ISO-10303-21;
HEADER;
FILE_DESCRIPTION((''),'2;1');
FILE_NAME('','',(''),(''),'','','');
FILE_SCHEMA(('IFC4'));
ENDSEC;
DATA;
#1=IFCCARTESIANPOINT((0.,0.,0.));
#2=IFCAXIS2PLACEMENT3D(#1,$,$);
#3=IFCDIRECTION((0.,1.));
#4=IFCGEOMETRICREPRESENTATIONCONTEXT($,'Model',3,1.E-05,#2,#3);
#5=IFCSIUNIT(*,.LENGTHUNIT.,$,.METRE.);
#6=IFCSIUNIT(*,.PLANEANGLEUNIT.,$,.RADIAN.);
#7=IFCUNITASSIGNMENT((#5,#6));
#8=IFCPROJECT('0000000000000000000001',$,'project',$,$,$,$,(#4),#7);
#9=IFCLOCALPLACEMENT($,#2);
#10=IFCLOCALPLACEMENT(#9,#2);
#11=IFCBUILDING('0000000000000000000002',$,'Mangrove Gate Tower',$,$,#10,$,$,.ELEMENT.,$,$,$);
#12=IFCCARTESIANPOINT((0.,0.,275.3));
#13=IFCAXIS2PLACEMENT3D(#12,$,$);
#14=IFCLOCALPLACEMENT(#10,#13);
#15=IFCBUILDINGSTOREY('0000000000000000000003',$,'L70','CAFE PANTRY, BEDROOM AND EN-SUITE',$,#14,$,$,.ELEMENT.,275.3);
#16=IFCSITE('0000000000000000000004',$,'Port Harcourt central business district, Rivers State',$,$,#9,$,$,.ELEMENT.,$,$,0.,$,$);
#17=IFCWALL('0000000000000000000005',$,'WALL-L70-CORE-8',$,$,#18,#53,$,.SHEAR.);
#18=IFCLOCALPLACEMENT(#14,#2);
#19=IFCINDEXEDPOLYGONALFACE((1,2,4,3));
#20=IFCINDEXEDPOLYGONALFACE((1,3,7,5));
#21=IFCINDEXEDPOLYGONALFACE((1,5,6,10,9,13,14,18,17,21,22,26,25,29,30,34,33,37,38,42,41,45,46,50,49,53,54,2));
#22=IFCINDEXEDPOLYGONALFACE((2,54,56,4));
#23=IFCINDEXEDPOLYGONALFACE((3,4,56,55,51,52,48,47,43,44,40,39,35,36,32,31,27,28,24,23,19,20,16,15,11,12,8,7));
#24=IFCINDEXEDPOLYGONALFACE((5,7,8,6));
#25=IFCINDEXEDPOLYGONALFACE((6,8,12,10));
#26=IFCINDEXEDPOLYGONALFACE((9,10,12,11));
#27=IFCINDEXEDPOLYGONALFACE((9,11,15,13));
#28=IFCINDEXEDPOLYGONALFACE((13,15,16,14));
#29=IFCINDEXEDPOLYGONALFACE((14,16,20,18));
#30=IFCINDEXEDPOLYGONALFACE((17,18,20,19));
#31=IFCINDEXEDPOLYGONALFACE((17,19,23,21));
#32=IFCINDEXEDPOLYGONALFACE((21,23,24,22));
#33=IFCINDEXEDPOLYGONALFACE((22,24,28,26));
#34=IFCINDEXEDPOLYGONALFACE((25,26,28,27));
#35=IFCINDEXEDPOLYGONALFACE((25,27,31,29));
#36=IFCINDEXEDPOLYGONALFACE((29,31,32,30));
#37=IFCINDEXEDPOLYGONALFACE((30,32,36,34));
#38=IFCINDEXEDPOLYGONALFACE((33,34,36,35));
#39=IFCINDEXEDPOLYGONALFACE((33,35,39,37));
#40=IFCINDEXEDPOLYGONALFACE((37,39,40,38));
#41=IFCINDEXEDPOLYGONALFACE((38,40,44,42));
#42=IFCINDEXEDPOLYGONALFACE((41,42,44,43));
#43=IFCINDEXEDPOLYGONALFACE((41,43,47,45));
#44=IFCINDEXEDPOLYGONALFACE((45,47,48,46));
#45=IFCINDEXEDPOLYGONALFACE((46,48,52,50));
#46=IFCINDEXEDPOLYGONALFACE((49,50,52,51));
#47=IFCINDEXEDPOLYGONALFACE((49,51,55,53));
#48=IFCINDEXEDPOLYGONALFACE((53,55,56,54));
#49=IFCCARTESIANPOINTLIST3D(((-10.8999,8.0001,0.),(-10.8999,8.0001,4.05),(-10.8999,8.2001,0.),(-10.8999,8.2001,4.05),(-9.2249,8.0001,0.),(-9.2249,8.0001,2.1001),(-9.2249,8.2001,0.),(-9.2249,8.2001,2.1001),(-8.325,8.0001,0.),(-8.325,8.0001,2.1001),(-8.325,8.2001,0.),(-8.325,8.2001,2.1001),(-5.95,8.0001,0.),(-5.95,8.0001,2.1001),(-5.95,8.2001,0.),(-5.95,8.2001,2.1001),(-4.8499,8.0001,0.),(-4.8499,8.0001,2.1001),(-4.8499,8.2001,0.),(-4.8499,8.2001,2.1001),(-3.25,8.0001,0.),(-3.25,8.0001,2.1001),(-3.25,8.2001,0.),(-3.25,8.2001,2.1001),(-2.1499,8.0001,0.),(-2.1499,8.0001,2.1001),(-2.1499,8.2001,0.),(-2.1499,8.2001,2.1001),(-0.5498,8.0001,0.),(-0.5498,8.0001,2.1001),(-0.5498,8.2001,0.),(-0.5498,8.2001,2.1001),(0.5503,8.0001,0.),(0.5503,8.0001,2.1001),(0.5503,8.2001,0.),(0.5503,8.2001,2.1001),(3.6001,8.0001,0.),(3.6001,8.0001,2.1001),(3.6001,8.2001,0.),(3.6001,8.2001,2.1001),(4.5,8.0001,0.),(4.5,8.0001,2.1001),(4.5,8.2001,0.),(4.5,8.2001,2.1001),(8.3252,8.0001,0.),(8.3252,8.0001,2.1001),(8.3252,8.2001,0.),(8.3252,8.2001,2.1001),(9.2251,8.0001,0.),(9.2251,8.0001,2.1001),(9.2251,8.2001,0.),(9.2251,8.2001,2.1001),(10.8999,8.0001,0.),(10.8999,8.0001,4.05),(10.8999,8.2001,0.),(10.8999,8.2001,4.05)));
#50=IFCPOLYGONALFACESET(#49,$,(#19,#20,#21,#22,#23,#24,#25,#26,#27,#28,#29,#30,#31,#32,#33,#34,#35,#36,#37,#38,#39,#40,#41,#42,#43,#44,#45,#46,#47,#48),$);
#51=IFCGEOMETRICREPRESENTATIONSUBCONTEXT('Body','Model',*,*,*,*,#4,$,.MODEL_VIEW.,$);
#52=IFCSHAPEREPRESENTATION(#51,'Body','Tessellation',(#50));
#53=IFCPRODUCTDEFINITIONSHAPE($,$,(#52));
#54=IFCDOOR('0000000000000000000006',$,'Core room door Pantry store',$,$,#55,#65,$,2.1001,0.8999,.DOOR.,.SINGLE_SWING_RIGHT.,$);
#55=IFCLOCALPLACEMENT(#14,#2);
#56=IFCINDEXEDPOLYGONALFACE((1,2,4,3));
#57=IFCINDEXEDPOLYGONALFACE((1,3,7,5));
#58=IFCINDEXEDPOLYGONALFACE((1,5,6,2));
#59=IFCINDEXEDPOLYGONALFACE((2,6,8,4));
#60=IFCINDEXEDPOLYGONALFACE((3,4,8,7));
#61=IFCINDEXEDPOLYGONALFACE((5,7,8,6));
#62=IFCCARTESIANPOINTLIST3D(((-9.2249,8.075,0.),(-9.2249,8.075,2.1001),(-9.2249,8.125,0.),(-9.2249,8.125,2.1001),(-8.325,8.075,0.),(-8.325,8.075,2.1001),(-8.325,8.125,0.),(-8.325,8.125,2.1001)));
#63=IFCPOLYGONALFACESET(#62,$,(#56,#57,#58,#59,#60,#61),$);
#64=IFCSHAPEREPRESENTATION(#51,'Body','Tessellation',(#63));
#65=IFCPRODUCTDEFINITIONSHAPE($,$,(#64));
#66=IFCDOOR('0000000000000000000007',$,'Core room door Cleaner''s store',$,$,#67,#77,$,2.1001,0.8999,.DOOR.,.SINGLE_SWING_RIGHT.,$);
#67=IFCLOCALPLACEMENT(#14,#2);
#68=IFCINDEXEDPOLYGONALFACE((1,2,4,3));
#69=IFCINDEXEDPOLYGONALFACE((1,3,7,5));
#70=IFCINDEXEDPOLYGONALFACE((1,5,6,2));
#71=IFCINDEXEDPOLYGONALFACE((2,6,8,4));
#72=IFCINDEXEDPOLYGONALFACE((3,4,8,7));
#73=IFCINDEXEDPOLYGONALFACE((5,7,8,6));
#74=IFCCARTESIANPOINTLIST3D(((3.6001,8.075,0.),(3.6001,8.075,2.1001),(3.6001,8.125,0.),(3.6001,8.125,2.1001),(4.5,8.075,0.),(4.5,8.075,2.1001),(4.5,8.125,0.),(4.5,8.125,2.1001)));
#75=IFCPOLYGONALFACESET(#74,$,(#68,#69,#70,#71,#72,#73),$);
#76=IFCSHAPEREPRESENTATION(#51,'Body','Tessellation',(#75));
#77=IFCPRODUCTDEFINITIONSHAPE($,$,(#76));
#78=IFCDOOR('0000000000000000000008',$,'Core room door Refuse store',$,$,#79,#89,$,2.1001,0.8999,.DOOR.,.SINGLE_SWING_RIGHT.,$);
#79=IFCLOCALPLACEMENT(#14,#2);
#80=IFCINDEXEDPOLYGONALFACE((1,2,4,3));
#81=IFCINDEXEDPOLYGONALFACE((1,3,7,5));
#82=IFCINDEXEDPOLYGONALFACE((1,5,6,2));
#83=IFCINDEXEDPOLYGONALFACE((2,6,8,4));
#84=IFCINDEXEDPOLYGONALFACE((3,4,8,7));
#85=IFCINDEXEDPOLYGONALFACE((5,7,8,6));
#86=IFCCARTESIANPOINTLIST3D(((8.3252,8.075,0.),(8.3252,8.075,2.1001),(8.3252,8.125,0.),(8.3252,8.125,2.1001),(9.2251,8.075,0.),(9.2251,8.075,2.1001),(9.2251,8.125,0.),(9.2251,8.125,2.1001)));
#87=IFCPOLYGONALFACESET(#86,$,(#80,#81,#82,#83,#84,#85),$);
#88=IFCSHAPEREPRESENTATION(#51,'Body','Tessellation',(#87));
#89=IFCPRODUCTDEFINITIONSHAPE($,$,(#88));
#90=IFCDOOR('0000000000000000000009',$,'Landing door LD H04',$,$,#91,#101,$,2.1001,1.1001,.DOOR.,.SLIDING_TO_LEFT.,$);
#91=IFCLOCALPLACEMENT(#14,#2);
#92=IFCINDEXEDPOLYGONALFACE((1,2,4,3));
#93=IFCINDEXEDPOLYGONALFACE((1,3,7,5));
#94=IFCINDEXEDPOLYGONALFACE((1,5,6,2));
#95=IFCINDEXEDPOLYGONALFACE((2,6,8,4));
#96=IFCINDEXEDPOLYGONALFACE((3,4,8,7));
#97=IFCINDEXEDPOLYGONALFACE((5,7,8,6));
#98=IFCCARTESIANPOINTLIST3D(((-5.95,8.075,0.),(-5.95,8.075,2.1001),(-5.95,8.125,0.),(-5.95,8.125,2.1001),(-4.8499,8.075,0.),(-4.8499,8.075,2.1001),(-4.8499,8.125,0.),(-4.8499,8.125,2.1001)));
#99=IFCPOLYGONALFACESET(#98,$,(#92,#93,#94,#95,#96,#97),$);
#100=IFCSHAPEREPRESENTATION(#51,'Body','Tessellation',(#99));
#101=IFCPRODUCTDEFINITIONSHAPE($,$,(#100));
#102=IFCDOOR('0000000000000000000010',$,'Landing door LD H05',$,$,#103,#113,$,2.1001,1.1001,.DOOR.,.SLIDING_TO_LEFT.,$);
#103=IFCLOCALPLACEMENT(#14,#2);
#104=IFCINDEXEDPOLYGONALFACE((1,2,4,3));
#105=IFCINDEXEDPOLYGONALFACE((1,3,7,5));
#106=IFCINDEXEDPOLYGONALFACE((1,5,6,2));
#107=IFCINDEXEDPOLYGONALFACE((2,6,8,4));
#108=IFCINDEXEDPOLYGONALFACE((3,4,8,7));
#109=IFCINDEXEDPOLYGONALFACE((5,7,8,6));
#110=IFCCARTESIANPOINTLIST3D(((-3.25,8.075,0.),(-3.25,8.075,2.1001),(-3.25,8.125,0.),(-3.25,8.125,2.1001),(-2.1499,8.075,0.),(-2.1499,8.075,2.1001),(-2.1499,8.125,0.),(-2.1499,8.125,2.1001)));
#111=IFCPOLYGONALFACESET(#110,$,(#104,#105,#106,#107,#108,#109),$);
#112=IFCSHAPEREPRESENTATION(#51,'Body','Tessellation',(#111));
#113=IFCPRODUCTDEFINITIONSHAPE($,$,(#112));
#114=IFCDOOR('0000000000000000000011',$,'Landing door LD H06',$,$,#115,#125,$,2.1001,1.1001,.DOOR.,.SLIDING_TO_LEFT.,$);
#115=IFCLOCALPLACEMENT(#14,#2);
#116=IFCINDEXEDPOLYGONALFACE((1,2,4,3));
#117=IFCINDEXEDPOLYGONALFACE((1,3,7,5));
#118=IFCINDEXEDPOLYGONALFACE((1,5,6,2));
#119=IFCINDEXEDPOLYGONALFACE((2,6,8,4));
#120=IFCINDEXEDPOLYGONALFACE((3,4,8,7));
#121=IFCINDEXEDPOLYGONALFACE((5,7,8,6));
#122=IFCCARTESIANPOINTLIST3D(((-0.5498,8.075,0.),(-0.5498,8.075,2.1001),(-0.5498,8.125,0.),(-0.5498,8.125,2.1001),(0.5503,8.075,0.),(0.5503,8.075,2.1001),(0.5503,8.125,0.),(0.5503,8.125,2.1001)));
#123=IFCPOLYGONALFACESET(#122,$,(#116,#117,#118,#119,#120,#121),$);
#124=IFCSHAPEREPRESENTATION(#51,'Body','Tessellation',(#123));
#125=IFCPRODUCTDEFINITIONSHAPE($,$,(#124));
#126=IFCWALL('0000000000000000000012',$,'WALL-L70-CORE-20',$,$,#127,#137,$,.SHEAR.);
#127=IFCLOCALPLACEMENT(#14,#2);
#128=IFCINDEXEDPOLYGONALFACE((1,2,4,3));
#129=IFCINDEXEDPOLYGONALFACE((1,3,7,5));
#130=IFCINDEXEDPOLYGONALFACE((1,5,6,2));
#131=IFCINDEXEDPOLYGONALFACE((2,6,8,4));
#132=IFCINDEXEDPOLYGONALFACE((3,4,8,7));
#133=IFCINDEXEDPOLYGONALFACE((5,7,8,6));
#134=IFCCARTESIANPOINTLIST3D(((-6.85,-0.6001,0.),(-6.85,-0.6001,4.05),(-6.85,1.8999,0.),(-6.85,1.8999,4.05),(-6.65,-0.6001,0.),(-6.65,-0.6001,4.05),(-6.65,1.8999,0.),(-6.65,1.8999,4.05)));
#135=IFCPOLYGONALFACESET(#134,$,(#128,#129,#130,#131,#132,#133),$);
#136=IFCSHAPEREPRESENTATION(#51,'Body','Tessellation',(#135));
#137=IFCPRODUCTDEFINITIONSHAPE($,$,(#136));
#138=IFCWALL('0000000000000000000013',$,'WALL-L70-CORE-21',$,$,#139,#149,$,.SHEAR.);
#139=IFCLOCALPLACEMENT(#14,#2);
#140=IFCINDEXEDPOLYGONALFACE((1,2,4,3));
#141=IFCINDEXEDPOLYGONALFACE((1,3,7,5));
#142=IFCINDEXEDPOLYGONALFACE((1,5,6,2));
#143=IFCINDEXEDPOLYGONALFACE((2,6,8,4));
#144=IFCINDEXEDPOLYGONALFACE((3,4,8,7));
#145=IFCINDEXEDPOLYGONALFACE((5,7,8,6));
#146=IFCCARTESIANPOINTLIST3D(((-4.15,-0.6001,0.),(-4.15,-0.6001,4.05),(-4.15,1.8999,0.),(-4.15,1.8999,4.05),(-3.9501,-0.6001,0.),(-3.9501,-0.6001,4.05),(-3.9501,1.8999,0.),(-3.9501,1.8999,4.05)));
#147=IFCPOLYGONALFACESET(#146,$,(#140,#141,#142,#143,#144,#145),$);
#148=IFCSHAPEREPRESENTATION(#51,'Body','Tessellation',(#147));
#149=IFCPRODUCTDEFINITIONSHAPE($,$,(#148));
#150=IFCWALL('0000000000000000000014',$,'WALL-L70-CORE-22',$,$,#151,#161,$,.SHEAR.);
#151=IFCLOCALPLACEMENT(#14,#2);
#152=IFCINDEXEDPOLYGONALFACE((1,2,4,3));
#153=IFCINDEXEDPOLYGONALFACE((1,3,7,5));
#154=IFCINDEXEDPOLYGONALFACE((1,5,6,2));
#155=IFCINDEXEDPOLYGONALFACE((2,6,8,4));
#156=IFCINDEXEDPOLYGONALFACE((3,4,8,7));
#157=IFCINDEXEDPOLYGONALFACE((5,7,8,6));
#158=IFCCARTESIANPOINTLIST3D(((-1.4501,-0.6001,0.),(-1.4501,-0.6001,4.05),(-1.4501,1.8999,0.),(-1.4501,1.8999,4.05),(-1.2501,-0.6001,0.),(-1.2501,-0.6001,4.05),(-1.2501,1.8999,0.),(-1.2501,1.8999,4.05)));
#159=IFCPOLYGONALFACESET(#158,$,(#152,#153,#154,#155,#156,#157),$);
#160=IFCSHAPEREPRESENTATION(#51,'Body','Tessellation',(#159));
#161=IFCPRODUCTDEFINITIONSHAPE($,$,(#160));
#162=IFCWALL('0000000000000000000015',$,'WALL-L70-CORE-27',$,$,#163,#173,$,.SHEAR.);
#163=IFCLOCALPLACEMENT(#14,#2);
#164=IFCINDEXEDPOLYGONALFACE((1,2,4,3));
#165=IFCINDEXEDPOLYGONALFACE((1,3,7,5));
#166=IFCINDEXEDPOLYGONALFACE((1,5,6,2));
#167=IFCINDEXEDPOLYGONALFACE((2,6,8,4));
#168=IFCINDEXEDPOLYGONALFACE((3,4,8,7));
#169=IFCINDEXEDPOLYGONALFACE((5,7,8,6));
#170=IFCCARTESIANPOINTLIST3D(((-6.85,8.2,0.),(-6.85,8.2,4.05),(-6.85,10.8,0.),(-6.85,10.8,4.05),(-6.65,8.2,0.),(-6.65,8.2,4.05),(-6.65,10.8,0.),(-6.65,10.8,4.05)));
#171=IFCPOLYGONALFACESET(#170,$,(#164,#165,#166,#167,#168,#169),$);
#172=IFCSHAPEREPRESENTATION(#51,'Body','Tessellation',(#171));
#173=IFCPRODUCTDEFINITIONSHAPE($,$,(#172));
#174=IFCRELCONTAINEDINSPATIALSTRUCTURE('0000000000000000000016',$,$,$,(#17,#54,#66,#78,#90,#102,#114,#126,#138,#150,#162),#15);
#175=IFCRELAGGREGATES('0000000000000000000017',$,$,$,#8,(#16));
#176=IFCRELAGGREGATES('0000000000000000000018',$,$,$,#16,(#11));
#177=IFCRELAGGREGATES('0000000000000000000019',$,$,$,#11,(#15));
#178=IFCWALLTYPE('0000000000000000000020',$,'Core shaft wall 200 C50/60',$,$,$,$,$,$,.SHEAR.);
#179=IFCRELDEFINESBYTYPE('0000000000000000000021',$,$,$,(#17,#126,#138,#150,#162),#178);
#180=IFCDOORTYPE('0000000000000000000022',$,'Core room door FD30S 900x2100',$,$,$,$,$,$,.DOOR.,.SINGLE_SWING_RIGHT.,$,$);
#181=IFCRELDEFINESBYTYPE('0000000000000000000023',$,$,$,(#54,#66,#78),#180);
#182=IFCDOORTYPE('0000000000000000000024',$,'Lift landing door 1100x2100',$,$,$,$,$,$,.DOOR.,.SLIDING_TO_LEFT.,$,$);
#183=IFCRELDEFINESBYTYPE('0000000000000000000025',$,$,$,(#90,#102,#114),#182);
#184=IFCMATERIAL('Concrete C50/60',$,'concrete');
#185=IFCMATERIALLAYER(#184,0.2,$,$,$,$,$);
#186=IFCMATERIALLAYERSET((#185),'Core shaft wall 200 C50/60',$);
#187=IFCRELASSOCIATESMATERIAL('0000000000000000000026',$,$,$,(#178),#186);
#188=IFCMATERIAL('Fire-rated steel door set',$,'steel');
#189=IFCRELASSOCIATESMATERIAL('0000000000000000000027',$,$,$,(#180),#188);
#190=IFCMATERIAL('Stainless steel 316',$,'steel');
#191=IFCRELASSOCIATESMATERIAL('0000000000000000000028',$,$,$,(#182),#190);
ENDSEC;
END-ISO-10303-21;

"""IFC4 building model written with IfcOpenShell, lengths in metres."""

from ifc_helpers import new_model, si_unit, direction, frame, frame_2d, origin, place, context, subcontext, project, spatial, rectangle, extrude, material, layer, layer_set, type_object, element, fill, save


model = new_model("IFC4")

# Units and contexts
model_context = context("Model", 3, precision=1e-05, world=origin(), true_north=direction((0.0, 1.0)))
body_context = subcontext(model_context, "Body", "Model", "MODEL_VIEW")
ifc_project = project(units=[si_unit("LENGTHUNIT", "METRE"), si_unit("PLANEANGLEUNIT", "RADIAN")], contexts=[model_context])

# Site, building, storey
site_placement = place(None, origin())
site = spatial("IfcSite", under=ifc_project, at=site_placement, Name="Port Harcourt central business district, Rivers State", CompositionType="ELEMENT", RefElevation=0.0)
building_placement = place(site_placement, origin())
building = spatial("IfcBuilding", under=site, at=building_placement, Name="Mangrove Gate Tower", CompositionType="ELEMENT")
storey_placement = place(building_placement, frame((0.0, 0.0, 275.3)))
storey = spatial("IfcBuildingStorey", under=building, at=storey_placement, Name="L70", Description="CAFE PANTRY, BEDROOM AND EN-SUITE", CompositionType="ELEMENT", Elevation=275.3)

# Shared definitions
ifc_material_1 = material(Name="Concrete C50/60", Category="concrete")
ifc_layer_1 = layer(ifc_material_1, 0.2)
ifc_layer_set_1 = layer_set([ifc_layer_1], Name="Core shaft wall 200 C50/60")
wall_type_1 = type_object("IfcWallType", Name="Core shaft wall 200 C50/60", PredefinedType="SHEAR", material=ifc_layer_set_1)

# Wall, openings, doors
ifc_material_2 = material(Name="Fire-rated steel door set", Category="steel")
door_type_1 = type_object("IfcDoorType", Name="Core room door FD30S 900x2100", OperationType="SINGLE_SWING_RIGHT", PredefinedType="DOOR", material=ifc_material_2)
ifc_material_3 = material(Name="Stainless steel 316", Category="steel")
door_type_2 = type_object("IfcDoorType", Name="Lift landing door 1100x2100", OperationType="SLIDING_TO_LEFT", PredefinedType="DOOR", material=ifc_material_3)
wall_1_placement = place(storey_placement, frame((-10.8999, 8.1001, 0.0), z_axis=(0.0, 0.0, 1.0), x_axis=(1.0, 0.0, 0.0)))
wall_1 = element("IfcWall", 1, at=wall_1_placement, inside=storey, type_object=wall_type_1, Name="WALL-L70-CORE-8", PredefinedType="SHEAR", context=body_context, shape_type="SweptSolid", body=[
    extrude(rectangle(XDim=21.7998, YDim=0.2, at=frame_2d((10.8999, 0.0))), origin(), (0.0, 0.0, 1.0), 4.05),
])
opening_1_placement = place(wall_1_placement, frame((4.95, 0.0, 0.0)))
opening_1 = element("IfcOpeningElement", 2, at=opening_1_placement, cuts=wall_1, PredefinedType="OPENING", context=body_context, shape_type="SweptSolid", body=[
    extrude(rectangle(XDim=1.1001, YDim=2.1001, at=frame_2d((0.55, 1.05))), frame((0.0, 0.1099, 0.0), z_axis=(0.0, -1.0, 0.0), x_axis=(1.0, 0.0, 0.0)), (0.0, 0.0, 1.0), 0.22),
])
opening_2_placement = place(wall_1_placement, frame((7.6499, 0.0, 0.0)))
opening_2 = element("IfcOpeningElement", 3, at=opening_2_placement, cuts=wall_1, PredefinedType="OPENING", context=body_context, shape_type="SweptSolid", body=[
    extrude(rectangle(XDim=1.1001, YDim=2.1001, at=frame_2d((0.55, 1.05))), frame((0.0, 0.1099, 0.0), z_axis=(0.0, -1.0, 0.0), x_axis=(1.0, 0.0, 0.0)), (0.0, 0.0, 1.0), 0.22),
])
opening_3_placement = place(wall_1_placement, frame((10.3501, 0.0, 0.0)))
opening_3 = element("IfcOpeningElement", 4, at=opening_3_placement, cuts=wall_1, PredefinedType="OPENING", context=body_context, shape_type="SweptSolid", body=[
    extrude(rectangle(XDim=1.1001, YDim=2.1001, at=frame_2d((0.55, 1.05))), frame((0.0, 0.1099, 0.0), z_axis=(0.0, -1.0, 0.0), x_axis=(1.0, 0.0, 0.0)), (0.0, 0.0, 1.0), 0.22),
])
opening_4_placement = place(wall_1_placement, frame((1.675, 0.0, 0.0)))
opening_4 = element("IfcOpeningElement", 5, at=opening_4_placement, cuts=wall_1, PredefinedType="OPENING", context=body_context, shape_type="SweptSolid", body=[
    extrude(rectangle(XDim=0.8999, YDim=2.1001, at=frame_2d((0.45, 1.05))), frame((0.0, 0.1099, 0.0), z_axis=(0.0, -1.0, 0.0), x_axis=(1.0, 0.0, 0.0)), (0.0, 0.0, 1.0), 0.22),
])
opening_5_placement = place(wall_1_placement, frame((14.5, 0.0, 0.0)))
opening_5 = element("IfcOpeningElement", 6, at=opening_5_placement, cuts=wall_1, PredefinedType="OPENING", context=body_context, shape_type="SweptSolid", body=[
    extrude(rectangle(XDim=0.8999, YDim=2.1001, at=frame_2d((0.45, 1.05))), frame((0.0, 0.1099, 0.0), z_axis=(0.0, -1.0, 0.0), x_axis=(1.0, 0.0, 0.0)), (0.0, 0.0, 1.0), 0.22),
])
opening_6_placement = place(wall_1_placement, frame((19.2251, 0.0, 0.0)))
opening_6 = element("IfcOpeningElement", 7, at=opening_6_placement, cuts=wall_1, PredefinedType="OPENING", context=body_context, shape_type="SweptSolid", body=[
    extrude(rectangle(XDim=0.8999, YDim=2.1001, at=frame_2d((0.45, 1.05))), frame((0.0, 0.1099, 0.0), z_axis=(0.0, -1.0, 0.0), x_axis=(1.0, 0.0, 0.0)), (0.0, 0.0, 1.0), 0.22),
])
door_1_placement = place(opening_4_placement, origin())
door_1 = element("IfcDoor", 8, at=door_1_placement, inside=storey, type_object=door_type_1, Name="Core room door Pantry store", OperationType="SINGLE_SWING_RIGHT", OverallHeight=2.1001, OverallWidth=0.8999, PredefinedType="DOOR", context=body_context, shape_type="SweptSolid", body=[
    extrude(rectangle(XDim=0.8999, YDim=2.1001, at=frame_2d((0.45, 1.05))), frame((0.0, 0.0249, 0.0), z_axis=(0.0, -1.0, 0.0), x_axis=(1.0, 0.0, 0.0)), (0.0, 0.0, 1.0), 0.05),
])
fill(opening_4, door_1)
door_2_placement = place(opening_5_placement, origin())
door_2 = element("IfcDoor", 9, at=door_2_placement, inside=storey, type_object=door_type_1, Name="Core room door Cleaner's store", OperationType="SINGLE_SWING_RIGHT", OverallHeight=2.1001, OverallWidth=0.8999, PredefinedType="DOOR", context=body_context, shape_type="SweptSolid", body=[
    extrude(rectangle(XDim=0.8999, YDim=2.1001, at=frame_2d((0.45, 1.05))), frame((0.0, 0.0249, 0.0), z_axis=(0.0, -1.0, 0.0), x_axis=(1.0, 0.0, 0.0)), (0.0, 0.0, 1.0), 0.05),
])
fill(opening_5, door_2)
door_3_placement = place(opening_6_placement, origin())
door_3 = element("IfcDoor", 10, at=door_3_placement, inside=storey, type_object=door_type_1, Name="Core room door Refuse store", OperationType="SINGLE_SWING_RIGHT", OverallHeight=2.1001, OverallWidth=0.8999, PredefinedType="DOOR", context=body_context, shape_type="SweptSolid", body=[
    extrude(rectangle(XDim=0.8999, YDim=2.1001, at=frame_2d((0.45, 1.05))), frame((0.0, 0.0249, 0.0), z_axis=(0.0, -1.0, 0.0), x_axis=(1.0, 0.0, 0.0)), (0.0, 0.0, 1.0), 0.05),
])
fill(opening_6, door_3)
door_4_placement = place(opening_1_placement, origin())
door_4 = element("IfcDoor", 11, at=door_4_placement, inside=storey, type_object=door_type_2, Name="Landing door LD H04", OperationType="SLIDING_TO_LEFT", OverallHeight=2.1001, OverallWidth=1.1001, PredefinedType="DOOR", context=body_context, shape_type="SweptSolid", body=[
    extrude(rectangle(XDim=1.1001, YDim=2.1001, at=frame_2d((0.55, 1.05))), frame((0.0, 0.0249, 0.0), z_axis=(0.0, -1.0, 0.0), x_axis=(1.0, 0.0, 0.0)), (0.0, 0.0, 1.0), 0.05),
])
fill(opening_1, door_4)
door_5_placement = place(opening_2_placement, origin())
door_5 = element("IfcDoor", 12, at=door_5_placement, inside=storey, type_object=door_type_2, Name="Landing door LD H05", OperationType="SLIDING_TO_LEFT", OverallHeight=2.1001, OverallWidth=1.1001, PredefinedType="DOOR", context=body_context, shape_type="SweptSolid", body=[
    extrude(rectangle(XDim=1.1001, YDim=2.1001, at=frame_2d((0.55, 1.05))), frame((0.0, 0.0249, 0.0), z_axis=(0.0, -1.0, 0.0), x_axis=(1.0, 0.0, 0.0)), (0.0, 0.0, 1.0), 0.05),
])
fill(opening_2, door_5)
door_6_placement = place(opening_3_placement, origin())
door_6 = element("IfcDoor", 13, at=door_6_placement, inside=storey, type_object=door_type_2, Name="Landing door LD H06", OperationType="SLIDING_TO_LEFT", OverallHeight=2.1001, OverallWidth=1.1001, PredefinedType="DOOR", context=body_context, shape_type="SweptSolid", body=[
    extrude(rectangle(XDim=1.1001, YDim=2.1001, at=frame_2d((0.55, 1.05))), frame((0.0, 0.0249, 0.0), z_axis=(0.0, -1.0, 0.0), x_axis=(1.0, 0.0, 0.0)), (0.0, 0.0, 1.0), 0.05),
])
fill(opening_3, door_6)

# Walls
for number, where, z_axis, x_axis, name in (
    (14, (-6.75, -0.6001, 0.0), (0.0, 0.0, 1.0), (0.0, 1.0, 0.0), "WALL-L70-CORE-20"),
    (15, (-4.05, -0.6001, 0.0), (0.0, 0.0, 1.0), (0.0, 1.0, 0.0), "WALL-L70-CORE-21"),
    (16, (-1.3501, -0.6001, 0.0), (0.0, 0.0, 1.0), (0.0, 1.0, 0.0), "WALL-L70-CORE-22"),
):
    element("IfcWall", number, at=place(storey_placement, frame(where, z_axis=z_axis, x_axis=x_axis)), inside=storey, type_object=wall_type_1, Name=name, PredefinedType="SHEAR", context=body_context, shape_type="SweptSolid", body=[
        extrude(rectangle(XDim=2.5, YDim=0.2, at=frame_2d((1.25, 0.0))), origin(), (0.0, 0.0, 1.0), 4.05),
    ])
for number, where, z_axis, x_axis, name in (
    (17, (-6.75, 8.2, 0.0), (0.0, 0.0, 1.0), (0.0, 1.0, 0.0), "WALL-L70-CORE-27"),
):
    element("IfcWall", number, at=place(storey_placement, frame(where, z_axis=z_axis, x_axis=x_axis)), inside=storey, type_object=wall_type_1, Name=name, PredefinedType="SHEAR", context=body_context, shape_type="SweptSolid", body=[
        extrude(rectangle(XDim=2.6001, YDim=0.2, at=frame_2d((1.3, 0.0))), origin(), (0.0, 0.0, 1.0), 4.05),
    ])

save(model, "model.ifc")
